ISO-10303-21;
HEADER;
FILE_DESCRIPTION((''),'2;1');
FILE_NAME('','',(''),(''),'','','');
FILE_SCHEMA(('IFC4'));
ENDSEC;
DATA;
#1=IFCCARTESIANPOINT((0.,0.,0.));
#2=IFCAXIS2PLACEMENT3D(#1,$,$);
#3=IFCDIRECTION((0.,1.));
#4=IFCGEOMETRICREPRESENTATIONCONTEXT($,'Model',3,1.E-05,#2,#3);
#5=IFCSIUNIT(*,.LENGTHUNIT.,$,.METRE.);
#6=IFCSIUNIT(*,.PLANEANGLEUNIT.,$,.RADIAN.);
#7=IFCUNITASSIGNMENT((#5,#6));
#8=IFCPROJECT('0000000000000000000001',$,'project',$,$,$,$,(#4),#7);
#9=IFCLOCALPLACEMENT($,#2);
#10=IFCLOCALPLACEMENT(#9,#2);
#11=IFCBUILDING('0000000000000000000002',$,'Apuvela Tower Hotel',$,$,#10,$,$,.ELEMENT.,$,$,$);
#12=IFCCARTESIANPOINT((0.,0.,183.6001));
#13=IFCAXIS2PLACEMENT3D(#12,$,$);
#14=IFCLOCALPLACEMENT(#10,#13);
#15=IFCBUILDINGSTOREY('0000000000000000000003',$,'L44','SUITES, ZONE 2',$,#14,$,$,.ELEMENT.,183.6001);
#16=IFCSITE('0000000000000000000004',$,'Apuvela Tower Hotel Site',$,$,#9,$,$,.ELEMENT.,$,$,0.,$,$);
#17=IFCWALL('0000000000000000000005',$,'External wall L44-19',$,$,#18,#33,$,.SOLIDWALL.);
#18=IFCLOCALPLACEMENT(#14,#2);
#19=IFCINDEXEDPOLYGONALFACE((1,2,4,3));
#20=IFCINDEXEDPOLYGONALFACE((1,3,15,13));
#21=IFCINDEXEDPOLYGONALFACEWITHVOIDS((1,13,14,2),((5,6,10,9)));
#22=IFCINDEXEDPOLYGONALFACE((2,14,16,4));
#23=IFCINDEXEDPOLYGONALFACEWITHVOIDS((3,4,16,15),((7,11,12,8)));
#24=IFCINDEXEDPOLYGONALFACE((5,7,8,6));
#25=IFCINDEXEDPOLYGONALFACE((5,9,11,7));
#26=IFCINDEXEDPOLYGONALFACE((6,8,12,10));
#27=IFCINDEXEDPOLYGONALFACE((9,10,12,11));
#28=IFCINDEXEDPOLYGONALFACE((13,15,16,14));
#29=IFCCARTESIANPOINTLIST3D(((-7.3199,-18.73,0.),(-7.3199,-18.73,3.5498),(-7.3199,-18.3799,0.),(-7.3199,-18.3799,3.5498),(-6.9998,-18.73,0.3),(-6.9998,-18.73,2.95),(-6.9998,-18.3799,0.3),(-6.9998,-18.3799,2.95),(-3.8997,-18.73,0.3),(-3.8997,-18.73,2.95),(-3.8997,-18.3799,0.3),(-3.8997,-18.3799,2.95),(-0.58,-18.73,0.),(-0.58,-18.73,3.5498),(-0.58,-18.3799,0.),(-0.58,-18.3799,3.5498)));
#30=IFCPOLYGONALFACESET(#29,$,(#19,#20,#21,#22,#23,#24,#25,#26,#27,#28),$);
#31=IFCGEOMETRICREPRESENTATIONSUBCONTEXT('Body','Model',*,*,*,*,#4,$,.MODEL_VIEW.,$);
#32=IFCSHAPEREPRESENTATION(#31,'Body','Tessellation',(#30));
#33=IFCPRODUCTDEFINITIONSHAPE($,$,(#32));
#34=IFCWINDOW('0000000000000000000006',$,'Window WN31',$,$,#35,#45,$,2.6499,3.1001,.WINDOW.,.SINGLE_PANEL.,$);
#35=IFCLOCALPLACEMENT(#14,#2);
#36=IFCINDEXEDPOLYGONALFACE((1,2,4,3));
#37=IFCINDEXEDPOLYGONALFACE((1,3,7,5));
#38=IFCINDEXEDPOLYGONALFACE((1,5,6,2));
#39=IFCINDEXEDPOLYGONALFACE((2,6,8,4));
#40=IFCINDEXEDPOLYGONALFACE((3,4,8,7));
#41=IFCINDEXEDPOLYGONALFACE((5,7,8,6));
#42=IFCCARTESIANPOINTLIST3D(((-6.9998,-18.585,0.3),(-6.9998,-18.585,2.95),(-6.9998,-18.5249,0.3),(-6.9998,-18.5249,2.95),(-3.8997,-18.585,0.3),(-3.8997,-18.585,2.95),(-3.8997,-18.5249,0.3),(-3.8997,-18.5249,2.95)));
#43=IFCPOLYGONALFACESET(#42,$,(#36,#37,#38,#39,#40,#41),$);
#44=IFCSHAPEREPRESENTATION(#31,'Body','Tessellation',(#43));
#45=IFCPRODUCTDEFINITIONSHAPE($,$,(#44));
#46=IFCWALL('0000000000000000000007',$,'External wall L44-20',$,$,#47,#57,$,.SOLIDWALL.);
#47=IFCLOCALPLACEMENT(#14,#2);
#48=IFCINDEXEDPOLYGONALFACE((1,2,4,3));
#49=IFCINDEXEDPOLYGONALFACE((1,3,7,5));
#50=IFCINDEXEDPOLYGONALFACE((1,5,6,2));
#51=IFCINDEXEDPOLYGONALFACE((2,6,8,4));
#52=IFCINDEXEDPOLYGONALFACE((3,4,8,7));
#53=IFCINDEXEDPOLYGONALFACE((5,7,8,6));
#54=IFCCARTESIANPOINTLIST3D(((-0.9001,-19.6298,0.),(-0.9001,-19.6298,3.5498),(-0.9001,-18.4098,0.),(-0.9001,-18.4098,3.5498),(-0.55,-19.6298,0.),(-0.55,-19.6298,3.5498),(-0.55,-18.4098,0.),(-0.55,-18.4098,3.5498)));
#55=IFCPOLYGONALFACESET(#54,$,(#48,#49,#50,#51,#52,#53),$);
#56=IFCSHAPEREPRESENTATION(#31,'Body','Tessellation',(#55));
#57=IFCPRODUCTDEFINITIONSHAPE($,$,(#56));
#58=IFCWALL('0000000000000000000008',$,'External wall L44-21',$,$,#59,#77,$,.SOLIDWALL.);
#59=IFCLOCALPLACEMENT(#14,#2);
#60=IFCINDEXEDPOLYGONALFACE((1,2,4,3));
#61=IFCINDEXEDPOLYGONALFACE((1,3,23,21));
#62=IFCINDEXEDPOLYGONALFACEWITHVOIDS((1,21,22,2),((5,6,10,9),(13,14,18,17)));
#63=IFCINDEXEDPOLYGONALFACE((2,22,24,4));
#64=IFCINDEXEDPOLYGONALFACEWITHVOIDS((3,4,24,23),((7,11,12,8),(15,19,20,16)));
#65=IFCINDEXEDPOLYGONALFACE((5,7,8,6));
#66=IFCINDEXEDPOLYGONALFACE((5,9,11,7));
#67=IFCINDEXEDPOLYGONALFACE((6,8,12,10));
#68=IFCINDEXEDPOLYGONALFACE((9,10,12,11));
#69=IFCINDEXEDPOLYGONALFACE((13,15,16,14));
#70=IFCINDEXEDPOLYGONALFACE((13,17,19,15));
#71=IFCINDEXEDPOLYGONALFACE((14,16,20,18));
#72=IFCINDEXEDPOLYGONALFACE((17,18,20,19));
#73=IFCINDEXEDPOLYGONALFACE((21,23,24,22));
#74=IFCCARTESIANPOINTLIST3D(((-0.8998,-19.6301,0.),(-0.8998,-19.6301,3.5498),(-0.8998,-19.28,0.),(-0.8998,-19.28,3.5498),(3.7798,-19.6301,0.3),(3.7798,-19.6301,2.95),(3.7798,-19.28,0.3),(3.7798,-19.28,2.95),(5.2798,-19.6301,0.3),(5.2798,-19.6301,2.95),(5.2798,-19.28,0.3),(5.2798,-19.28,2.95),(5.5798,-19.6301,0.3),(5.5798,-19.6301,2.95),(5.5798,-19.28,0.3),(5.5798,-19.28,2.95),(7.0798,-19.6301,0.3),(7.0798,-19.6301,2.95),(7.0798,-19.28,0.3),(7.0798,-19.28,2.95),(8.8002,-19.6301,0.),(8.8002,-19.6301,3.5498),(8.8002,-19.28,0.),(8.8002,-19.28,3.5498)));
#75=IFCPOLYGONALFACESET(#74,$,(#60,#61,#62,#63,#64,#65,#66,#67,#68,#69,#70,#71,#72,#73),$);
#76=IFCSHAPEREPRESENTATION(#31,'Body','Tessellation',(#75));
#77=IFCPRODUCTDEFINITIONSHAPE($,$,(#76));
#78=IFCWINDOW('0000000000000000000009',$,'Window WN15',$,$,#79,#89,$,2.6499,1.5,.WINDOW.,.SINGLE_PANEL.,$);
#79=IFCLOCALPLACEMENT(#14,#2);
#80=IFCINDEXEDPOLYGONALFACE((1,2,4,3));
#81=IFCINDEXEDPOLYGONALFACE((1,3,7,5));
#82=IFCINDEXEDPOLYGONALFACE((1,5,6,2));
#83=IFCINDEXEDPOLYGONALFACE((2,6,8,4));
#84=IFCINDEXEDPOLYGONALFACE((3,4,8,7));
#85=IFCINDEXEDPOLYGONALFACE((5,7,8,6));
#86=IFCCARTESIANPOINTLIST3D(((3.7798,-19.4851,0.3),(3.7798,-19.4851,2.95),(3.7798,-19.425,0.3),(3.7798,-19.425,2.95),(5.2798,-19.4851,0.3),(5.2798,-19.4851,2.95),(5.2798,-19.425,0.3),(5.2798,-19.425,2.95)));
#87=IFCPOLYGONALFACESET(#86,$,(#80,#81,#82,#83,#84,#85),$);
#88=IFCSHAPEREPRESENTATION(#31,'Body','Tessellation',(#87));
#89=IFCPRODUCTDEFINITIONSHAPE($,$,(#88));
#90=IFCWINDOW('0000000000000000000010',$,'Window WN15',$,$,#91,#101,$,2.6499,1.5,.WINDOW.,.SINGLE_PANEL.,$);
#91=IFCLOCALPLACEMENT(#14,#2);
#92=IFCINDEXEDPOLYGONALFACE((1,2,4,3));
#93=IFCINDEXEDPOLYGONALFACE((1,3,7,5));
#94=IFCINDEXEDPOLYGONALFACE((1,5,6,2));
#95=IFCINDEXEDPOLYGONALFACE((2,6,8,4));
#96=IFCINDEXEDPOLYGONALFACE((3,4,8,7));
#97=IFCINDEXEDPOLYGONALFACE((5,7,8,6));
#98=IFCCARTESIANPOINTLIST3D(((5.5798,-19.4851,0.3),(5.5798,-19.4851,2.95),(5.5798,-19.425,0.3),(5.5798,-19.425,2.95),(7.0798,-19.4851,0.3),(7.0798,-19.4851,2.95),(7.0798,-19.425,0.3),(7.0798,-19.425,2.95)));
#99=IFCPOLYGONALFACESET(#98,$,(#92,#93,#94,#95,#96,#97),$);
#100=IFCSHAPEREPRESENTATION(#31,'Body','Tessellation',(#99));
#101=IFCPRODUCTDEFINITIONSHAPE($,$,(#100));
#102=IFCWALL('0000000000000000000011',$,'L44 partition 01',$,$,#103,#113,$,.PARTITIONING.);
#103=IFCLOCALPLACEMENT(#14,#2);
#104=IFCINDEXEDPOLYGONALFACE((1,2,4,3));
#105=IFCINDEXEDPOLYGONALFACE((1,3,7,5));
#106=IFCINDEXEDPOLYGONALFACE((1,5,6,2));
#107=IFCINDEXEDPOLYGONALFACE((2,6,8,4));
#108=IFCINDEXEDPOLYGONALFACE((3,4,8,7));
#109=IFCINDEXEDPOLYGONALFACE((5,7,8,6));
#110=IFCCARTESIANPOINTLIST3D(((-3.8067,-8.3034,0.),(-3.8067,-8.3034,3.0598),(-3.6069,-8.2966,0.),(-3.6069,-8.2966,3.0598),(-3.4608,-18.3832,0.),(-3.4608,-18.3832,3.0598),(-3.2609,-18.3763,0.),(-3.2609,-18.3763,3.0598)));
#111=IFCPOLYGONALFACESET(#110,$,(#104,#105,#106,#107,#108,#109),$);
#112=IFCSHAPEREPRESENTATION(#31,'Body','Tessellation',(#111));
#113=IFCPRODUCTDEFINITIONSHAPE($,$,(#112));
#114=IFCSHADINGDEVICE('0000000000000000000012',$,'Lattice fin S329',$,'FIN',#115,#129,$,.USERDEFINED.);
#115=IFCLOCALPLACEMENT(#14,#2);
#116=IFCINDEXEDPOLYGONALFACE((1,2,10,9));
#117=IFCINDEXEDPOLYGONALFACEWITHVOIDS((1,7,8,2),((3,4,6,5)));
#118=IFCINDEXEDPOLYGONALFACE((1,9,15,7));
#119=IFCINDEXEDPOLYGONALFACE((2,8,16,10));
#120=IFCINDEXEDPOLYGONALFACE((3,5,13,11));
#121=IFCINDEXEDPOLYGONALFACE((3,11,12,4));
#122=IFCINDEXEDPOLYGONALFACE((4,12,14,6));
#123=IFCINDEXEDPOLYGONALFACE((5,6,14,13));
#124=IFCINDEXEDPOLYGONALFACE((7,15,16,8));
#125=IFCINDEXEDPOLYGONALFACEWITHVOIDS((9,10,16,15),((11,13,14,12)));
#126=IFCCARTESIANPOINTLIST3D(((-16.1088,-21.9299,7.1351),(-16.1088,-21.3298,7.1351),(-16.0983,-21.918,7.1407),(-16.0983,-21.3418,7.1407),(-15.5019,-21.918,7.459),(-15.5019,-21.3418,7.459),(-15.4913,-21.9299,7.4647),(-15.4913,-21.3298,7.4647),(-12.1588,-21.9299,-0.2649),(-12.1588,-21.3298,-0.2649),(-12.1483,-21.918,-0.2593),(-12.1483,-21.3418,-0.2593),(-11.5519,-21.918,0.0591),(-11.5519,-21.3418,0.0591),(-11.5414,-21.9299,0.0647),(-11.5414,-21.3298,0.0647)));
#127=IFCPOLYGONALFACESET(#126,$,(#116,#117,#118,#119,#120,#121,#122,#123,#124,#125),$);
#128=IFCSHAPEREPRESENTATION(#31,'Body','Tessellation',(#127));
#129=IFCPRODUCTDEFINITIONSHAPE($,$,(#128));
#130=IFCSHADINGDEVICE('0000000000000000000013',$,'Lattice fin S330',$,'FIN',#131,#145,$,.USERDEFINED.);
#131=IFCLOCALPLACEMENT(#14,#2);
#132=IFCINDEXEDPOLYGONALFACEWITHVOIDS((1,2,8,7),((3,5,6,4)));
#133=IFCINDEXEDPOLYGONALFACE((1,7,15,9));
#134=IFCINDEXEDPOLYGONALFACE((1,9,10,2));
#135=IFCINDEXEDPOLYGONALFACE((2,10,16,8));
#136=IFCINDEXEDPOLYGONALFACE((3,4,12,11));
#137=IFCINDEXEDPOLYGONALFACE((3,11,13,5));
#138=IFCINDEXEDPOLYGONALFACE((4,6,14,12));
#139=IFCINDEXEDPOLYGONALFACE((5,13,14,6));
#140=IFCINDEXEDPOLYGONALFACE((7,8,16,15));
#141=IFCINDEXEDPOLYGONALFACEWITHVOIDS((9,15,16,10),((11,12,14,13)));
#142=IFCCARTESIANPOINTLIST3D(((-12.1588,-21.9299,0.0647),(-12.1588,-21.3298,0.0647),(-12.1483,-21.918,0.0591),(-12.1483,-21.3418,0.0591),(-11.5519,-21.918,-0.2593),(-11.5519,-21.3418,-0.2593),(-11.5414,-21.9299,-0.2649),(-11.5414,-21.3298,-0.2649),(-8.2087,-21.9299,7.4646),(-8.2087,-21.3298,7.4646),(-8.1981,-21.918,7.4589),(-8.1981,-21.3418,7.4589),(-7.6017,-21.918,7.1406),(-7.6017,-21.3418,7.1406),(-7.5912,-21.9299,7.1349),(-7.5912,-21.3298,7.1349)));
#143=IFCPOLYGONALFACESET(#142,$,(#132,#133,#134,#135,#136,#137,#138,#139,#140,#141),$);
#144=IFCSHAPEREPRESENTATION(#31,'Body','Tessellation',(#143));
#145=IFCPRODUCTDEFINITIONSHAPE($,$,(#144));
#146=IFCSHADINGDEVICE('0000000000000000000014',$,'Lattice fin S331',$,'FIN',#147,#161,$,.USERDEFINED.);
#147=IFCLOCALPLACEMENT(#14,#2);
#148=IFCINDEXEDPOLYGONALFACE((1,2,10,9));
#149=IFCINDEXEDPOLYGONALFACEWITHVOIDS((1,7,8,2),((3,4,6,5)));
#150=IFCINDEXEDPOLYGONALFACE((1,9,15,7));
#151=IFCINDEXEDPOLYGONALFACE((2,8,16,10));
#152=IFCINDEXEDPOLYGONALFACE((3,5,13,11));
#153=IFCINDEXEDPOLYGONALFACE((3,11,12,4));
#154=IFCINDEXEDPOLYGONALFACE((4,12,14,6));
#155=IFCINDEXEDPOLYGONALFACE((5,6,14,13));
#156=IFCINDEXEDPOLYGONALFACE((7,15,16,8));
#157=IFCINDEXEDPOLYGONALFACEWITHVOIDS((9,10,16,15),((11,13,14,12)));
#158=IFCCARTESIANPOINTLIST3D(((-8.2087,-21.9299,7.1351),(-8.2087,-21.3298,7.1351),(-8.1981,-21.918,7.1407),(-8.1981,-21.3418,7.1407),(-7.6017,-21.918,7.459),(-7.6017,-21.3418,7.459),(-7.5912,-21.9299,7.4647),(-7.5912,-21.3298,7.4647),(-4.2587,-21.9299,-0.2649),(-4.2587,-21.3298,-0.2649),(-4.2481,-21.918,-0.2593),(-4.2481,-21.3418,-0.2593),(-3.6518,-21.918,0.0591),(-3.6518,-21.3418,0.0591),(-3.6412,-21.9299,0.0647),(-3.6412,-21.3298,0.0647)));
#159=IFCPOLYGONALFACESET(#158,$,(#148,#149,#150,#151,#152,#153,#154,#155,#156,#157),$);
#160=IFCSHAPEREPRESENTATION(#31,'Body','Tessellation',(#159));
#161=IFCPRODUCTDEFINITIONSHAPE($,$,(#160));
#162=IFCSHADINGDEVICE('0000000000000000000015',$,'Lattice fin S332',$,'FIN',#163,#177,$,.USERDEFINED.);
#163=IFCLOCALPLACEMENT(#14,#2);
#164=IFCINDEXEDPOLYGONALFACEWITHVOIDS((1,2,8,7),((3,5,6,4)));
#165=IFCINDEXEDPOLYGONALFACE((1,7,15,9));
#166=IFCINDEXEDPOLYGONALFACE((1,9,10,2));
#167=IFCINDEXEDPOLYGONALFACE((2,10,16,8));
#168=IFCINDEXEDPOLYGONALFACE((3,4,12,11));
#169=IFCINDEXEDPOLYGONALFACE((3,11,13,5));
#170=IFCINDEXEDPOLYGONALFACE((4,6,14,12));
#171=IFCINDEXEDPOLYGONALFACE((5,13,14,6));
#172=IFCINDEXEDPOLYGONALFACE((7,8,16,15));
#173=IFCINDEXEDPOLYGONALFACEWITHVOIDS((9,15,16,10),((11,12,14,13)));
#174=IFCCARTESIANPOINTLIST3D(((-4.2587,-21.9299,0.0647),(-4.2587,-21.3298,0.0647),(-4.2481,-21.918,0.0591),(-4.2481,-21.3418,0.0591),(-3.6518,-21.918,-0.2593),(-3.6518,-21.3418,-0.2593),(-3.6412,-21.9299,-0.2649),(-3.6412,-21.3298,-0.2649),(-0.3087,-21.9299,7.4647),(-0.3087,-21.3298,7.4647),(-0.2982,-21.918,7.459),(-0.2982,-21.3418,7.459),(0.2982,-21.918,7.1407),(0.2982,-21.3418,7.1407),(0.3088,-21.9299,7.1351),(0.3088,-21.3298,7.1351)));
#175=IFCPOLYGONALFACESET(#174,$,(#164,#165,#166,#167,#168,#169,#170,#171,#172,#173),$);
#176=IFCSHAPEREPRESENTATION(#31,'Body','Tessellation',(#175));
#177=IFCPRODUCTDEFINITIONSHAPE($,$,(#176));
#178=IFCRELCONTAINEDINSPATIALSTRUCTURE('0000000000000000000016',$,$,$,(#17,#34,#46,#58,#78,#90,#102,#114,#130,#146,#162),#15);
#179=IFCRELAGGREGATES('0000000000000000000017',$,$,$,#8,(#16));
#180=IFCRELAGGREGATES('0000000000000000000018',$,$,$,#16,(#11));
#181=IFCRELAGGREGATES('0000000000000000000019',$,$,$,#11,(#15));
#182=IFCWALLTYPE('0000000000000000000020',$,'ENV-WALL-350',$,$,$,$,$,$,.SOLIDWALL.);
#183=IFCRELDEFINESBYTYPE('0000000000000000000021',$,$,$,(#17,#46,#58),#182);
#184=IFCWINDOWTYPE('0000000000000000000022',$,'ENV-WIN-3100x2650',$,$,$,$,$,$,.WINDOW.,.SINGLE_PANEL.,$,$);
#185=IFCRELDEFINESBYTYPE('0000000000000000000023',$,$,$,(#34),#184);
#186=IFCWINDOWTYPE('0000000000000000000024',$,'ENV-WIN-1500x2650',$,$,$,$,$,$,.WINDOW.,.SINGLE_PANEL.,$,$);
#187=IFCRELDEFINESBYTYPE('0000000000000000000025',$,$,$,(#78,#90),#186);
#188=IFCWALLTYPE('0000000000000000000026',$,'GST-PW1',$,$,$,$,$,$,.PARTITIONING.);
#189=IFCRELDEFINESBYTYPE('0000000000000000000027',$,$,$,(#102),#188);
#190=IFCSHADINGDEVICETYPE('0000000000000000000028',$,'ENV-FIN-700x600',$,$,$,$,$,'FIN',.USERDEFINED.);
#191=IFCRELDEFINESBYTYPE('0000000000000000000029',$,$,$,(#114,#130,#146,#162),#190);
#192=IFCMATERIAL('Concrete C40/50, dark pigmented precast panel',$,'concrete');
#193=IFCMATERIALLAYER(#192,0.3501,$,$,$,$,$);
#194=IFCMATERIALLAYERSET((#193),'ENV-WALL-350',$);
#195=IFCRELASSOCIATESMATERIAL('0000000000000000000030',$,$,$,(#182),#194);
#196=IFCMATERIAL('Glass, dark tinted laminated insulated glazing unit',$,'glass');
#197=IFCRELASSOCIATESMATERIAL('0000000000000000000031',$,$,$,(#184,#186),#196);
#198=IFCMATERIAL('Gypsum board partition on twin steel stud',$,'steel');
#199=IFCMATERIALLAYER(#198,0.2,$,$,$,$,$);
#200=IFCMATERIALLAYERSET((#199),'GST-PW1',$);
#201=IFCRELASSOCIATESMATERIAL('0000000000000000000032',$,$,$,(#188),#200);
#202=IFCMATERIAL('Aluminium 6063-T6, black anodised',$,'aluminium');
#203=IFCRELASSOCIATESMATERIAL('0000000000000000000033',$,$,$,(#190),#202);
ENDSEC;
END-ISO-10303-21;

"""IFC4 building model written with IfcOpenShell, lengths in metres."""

from ifc_helpers import new_model, si_unit, direction, frame, frame_2d, origin, origin_2d, place, context, subcontext, project, spatial, rectangle, hollow_rectangle, extrude, material, layer, layer_set, material_profile, profile_set, type_object, element, fill, save


model = new_model("IFC4")

# Units and contexts
model_context = context("Model", 3, precision=1e-05, world=origin(), true_north=direction((0.0, 1.0)))
body_context = subcontext(model_context, "Body", "Model", "MODEL_VIEW")
ifc_project = project(units=[si_unit("LENGTHUNIT", "METRE"), si_unit("PLANEANGLEUNIT", "RADIAN")], contexts=[model_context])

# Site, building, storey
site_placement = place(None, origin())
site = spatial("IfcSite", under=ifc_project, at=site_placement, Name="Apuvela Tower Hotel Site", CompositionType="ELEMENT", RefElevation=0.0)
building_placement = place(site_placement, origin())
building = spatial("IfcBuilding", under=site, at=building_placement, Name="Apuvela Tower Hotel", CompositionType="ELEMENT")
storey_placement = place(building_placement, frame((0.0, 0.0, 183.6001)))
storey = spatial("IfcBuildingStorey", under=building, at=storey_placement, Name="L44", Description="SUITES, ZONE 2", CompositionType="ELEMENT", Elevation=183.6001)

# Shared definitions
ifc_material_1 = material(Name="Concrete C40/50, dark pigmented precast panel", Category="concrete")
ifc_layer_1 = layer(ifc_material_1, 0.3501)
ifc_layer_set_1 = layer_set([ifc_layer_1], Name="ENV-WALL-350")
wall_type_1 = type_object("IfcWallType", Name="ENV-WALL-350", PredefinedType="SOLIDWALL", material=ifc_layer_set_1)

# Wall, opening, window
wall_1_placement = place(storey_placement, frame((-7.3201, -18.5549, 0.0), z_axis=(0.0, 0.0, 1.0), x_axis=(1.0, 0.0, 0.0)))
wall_1 = element("IfcWall", 1, at=wall_1_placement, inside=storey, type_object=wall_type_1, Name="External wall L44-19", PredefinedType="SOLIDWALL", context=body_context, shape_type="SweptSolid", body=[
    extrude(rectangle(XDim=6.74, YDim=0.3501, at=frame_2d((3.3701, 0.0))), origin(), (0.0, 0.0, 1.0), 3.5498),
])
opening_1_placement = place(wall_1_placement, frame((0.3203, 0.0, 0.3)))
opening_1 = element("IfcOpeningElement", 2, at=opening_1_placement, cuts=wall_1, PredefinedType="OPENING", context=body_context, shape_type="SweptSolid", body=[
    extrude(rectangle(XDim=3.1001, YDim=2.6499, at=frame_2d((1.55, 1.325))), frame((0.0, 0.1851, 0.0), z_axis=(0.0, -1.0, 0.0), x_axis=(1.0, 0.0, 0.0)), (0.0, 0.0, 1.0), 0.3701),
])
ifc_material_2 = material(Name="Glass, dark tinted laminated insulated glazing unit", Category="glass")
window_type_1 = type_object("IfcWindowType", Name="ENV-WIN-3100x2650", PartitioningType="SINGLE_PANEL", PredefinedType="WINDOW", material=ifc_material_2)
window_1_placement = place(opening_1_placement, origin())
window_1 = element("IfcWindow", 3, at=window_1_placement, inside=storey, type_object=window_type_1, Name="Window WN31", OverallHeight=2.6499, OverallWidth=3.1001, PartitioningType="SINGLE_PANEL", PredefinedType="WINDOW", context=body_context, shape_type="SweptSolid", body=[
    extrude(rectangle(XDim=3.1001, YDim=2.6499, at=frame_2d((1.55, 1.325))), frame((0.0, 0.03, 0.0), z_axis=(0.0, -1.0, 0.0), x_axis=(1.0, 0.0, 0.0)), (0.0, 0.0, 1.0), 0.0601),
])
fill(opening_1, window_1)

# Wall
wall_2_placement = place(storey_placement, frame((-0.7251, -18.4099, 0.0), z_axis=(0.0, 0.0, 1.0), x_axis=(0.0, -1.0, 0.0)))
element("IfcWall", 4, at=wall_2_placement, inside=storey, type_object=wall_type_1, Name="External wall L44-20", PredefinedType="SOLIDWALL", context=body_context, shape_type="SweptSolid", body=[
    extrude(rectangle(XDim=1.22, YDim=0.3501, at=frame_2d((0.6099, 0.0))), origin(), (0.0, 0.0, 1.0), 3.5498),
])

# Wall, openings, windows
wall_3_placement = place(storey_placement, frame((-0.8999, -19.4551, 0.0), z_axis=(0.0, 0.0, 1.0), x_axis=(1.0, 0.0, 0.0)))
wall_3 = element("IfcWall", 5, at=wall_3_placement, inside=storey, type_object=wall_type_1, Name="External wall L44-21", PredefinedType="SOLIDWALL", context=body_context, shape_type="SweptSolid", body=[
    extrude(rectangle(XDim=9.7, YDim=0.3501, at=frame_2d((4.8501, 0.0))), origin(), (0.0, 0.0, 1.0), 3.5498),
])
opening_2_placement = place(wall_3_placement, frame((4.6797, 0.0, 0.3)))
opening_2 = element("IfcOpeningElement", 6, at=opening_2_placement, cuts=wall_3, PredefinedType="OPENING", context=body_context, shape_type="SweptSolid", body=[
    extrude(rectangle(XDim=1.5, YDim=2.6499, at=frame_2d((0.75, 1.325))), frame((0.0, 0.1851, 0.0), z_axis=(0.0, -1.0, 0.0), x_axis=(1.0, 0.0, 0.0)), (0.0, 0.0, 1.0), 0.3701),
])
opening_3_placement = place(wall_3_placement, frame((6.4797, 0.0, 0.3)))
opening_3 = element("IfcOpeningElement", 7, at=opening_3_placement, cuts=wall_3, PredefinedType="OPENING", context=body_context, shape_type="SweptSolid", body=[
    extrude(rectangle(XDim=1.5, YDim=2.6499, at=frame_2d((0.75, 1.325))), frame((0.0, 0.1851, 0.0), z_axis=(0.0, -1.0, 0.0), x_axis=(1.0, 0.0, 0.0)), (0.0, 0.0, 1.0), 0.3701),
])
window_type_2 = type_object("IfcWindowType", Name="ENV-WIN-1500x2650", PartitioningType="SINGLE_PANEL", PredefinedType="WINDOW", material=ifc_material_2)
window_2_placement = place(opening_2_placement, origin())
window_2 = element("IfcWindow", 8, at=window_2_placement, inside=storey, type_object=window_type_2, Name="Window WN15", OverallHeight=2.6499, OverallWidth=1.5, PartitioningType="SINGLE_PANEL", PredefinedType="WINDOW", context=body_context, shape_type="SweptSolid", body=[
    extrude(rectangle(XDim=1.5, YDim=2.6499, at=frame_2d((0.75, 1.325))), frame((0.0, 0.03, 0.0), z_axis=(0.0, -1.0, 0.0), x_axis=(1.0, 0.0, 0.0)), (0.0, 0.0, 1.0), 0.0601),
])
fill(opening_2, window_2)
window_3_placement = place(opening_3_placement, origin())
window_3 = element("IfcWindow", 9, at=window_3_placement, inside=storey, type_object=window_type_2, Name="Window WN15", OverallHeight=2.6499, OverallWidth=1.5, PartitioningType="SINGLE_PANEL", PredefinedType="WINDOW", context=body_context, shape_type="SweptSolid", body=[
    extrude(rectangle(XDim=1.5, YDim=2.6499, at=frame_2d((0.75, 1.325))), frame((0.0, 0.03, 0.0), z_axis=(0.0, -1.0, 0.0), x_axis=(1.0, 0.0, 0.0)), (0.0, 0.0, 1.0), 0.0601),
])
fill(opening_3, window_3)

# Wall
ifc_material_3 = material(Name="Gypsum board partition on twin steel stud", Category="steel")
ifc_layer_2 = layer(ifc_material_3, 0.2)
ifc_layer_set_2 = layer_set([ifc_layer_2], Name="GST-PW1")
wall_type_2 = type_object("IfcWallType", Name="GST-PW1", PredefinedType="PARTITIONING", material=ifc_layer_set_2)
wall_4_placement = place(storey_placement, frame((-3.3608, -18.3799, 0.0), z_axis=(0.0, 0.0, 1.0), x_axis=(-0.034301, 0.999412, 0.0)))
element("IfcWall", 10, at=wall_4_placement, inside=storey, type_object=wall_type_2, Name="L44 partition 01", PredefinedType="PARTITIONING", context=body_context, shape_type="SweptSolid", body=[
    extrude(rectangle(XDim=10.0857, YDim=0.2, at=frame_2d((5.043, 0.0))), origin(), (0.0, 0.0, 1.0), 3.0598),
])

# Shading devices
ifc_material_4 = material(Name="Aluminium 6063-T6, black anodised", Category="aluminium")
ifc_material_profile_1 = material_profile(ifc_material_4, hollow_rectangle(XDim=0.6001, YDim=0.7, WallThickness=0.012, at=origin_2d()), Name="AL BOX 700x600x12")
ifc_profile_set_1 = profile_set([ifc_material_profile_1], Name="Aluminium 6063-T6, black anodised")
shading_device_type = type_object("IfcShadingDeviceType", Name="ENV-FIN-700x600", ElementType="FIN", PredefinedType="USERDEFINED", material=ifc_profile_set_1)
for number, where, z_axis, x_axis, name in (
    (11, (-11.8501, -21.6299, -0.1001), (-0.470898, 0.0, 0.882188), (0.0, -1.0, 0.0), "Lattice fin S329"),
    (12, (-11.8501, -21.6299, -0.1001), (0.470921, 0.0, 0.882176), (0.0, 1.0, 0.0), "Lattice fin S330"),
    (13, (-3.95, -21.6299, -0.1001), (-0.470898, 0.0, 0.882188), (0.0, -1.0, 0.0), "Lattice fin S331"),
    (14, (-3.95, -21.6299, -0.1001), (0.470898, 0.0, 0.882188), (0.0, 1.0, 0.0), "Lattice fin S332"),
):
    element("IfcShadingDevice", number, at=place(storey_placement, frame(where, z_axis=z_axis, x_axis=x_axis)), inside=storey, type_object=shading_device_type, Name=name, ObjectType="FIN", PredefinedType="USERDEFINED", context=body_context, shape_type="SweptSolid", body=[
        extrude(hollow_rectangle(XDim=0.6001, YDim=0.7, WallThickness=0.012, at=origin_2d()), origin(), (0.0, 0.0, 1.0), 8.3882),
    ])

save(model, "model.ifc")
